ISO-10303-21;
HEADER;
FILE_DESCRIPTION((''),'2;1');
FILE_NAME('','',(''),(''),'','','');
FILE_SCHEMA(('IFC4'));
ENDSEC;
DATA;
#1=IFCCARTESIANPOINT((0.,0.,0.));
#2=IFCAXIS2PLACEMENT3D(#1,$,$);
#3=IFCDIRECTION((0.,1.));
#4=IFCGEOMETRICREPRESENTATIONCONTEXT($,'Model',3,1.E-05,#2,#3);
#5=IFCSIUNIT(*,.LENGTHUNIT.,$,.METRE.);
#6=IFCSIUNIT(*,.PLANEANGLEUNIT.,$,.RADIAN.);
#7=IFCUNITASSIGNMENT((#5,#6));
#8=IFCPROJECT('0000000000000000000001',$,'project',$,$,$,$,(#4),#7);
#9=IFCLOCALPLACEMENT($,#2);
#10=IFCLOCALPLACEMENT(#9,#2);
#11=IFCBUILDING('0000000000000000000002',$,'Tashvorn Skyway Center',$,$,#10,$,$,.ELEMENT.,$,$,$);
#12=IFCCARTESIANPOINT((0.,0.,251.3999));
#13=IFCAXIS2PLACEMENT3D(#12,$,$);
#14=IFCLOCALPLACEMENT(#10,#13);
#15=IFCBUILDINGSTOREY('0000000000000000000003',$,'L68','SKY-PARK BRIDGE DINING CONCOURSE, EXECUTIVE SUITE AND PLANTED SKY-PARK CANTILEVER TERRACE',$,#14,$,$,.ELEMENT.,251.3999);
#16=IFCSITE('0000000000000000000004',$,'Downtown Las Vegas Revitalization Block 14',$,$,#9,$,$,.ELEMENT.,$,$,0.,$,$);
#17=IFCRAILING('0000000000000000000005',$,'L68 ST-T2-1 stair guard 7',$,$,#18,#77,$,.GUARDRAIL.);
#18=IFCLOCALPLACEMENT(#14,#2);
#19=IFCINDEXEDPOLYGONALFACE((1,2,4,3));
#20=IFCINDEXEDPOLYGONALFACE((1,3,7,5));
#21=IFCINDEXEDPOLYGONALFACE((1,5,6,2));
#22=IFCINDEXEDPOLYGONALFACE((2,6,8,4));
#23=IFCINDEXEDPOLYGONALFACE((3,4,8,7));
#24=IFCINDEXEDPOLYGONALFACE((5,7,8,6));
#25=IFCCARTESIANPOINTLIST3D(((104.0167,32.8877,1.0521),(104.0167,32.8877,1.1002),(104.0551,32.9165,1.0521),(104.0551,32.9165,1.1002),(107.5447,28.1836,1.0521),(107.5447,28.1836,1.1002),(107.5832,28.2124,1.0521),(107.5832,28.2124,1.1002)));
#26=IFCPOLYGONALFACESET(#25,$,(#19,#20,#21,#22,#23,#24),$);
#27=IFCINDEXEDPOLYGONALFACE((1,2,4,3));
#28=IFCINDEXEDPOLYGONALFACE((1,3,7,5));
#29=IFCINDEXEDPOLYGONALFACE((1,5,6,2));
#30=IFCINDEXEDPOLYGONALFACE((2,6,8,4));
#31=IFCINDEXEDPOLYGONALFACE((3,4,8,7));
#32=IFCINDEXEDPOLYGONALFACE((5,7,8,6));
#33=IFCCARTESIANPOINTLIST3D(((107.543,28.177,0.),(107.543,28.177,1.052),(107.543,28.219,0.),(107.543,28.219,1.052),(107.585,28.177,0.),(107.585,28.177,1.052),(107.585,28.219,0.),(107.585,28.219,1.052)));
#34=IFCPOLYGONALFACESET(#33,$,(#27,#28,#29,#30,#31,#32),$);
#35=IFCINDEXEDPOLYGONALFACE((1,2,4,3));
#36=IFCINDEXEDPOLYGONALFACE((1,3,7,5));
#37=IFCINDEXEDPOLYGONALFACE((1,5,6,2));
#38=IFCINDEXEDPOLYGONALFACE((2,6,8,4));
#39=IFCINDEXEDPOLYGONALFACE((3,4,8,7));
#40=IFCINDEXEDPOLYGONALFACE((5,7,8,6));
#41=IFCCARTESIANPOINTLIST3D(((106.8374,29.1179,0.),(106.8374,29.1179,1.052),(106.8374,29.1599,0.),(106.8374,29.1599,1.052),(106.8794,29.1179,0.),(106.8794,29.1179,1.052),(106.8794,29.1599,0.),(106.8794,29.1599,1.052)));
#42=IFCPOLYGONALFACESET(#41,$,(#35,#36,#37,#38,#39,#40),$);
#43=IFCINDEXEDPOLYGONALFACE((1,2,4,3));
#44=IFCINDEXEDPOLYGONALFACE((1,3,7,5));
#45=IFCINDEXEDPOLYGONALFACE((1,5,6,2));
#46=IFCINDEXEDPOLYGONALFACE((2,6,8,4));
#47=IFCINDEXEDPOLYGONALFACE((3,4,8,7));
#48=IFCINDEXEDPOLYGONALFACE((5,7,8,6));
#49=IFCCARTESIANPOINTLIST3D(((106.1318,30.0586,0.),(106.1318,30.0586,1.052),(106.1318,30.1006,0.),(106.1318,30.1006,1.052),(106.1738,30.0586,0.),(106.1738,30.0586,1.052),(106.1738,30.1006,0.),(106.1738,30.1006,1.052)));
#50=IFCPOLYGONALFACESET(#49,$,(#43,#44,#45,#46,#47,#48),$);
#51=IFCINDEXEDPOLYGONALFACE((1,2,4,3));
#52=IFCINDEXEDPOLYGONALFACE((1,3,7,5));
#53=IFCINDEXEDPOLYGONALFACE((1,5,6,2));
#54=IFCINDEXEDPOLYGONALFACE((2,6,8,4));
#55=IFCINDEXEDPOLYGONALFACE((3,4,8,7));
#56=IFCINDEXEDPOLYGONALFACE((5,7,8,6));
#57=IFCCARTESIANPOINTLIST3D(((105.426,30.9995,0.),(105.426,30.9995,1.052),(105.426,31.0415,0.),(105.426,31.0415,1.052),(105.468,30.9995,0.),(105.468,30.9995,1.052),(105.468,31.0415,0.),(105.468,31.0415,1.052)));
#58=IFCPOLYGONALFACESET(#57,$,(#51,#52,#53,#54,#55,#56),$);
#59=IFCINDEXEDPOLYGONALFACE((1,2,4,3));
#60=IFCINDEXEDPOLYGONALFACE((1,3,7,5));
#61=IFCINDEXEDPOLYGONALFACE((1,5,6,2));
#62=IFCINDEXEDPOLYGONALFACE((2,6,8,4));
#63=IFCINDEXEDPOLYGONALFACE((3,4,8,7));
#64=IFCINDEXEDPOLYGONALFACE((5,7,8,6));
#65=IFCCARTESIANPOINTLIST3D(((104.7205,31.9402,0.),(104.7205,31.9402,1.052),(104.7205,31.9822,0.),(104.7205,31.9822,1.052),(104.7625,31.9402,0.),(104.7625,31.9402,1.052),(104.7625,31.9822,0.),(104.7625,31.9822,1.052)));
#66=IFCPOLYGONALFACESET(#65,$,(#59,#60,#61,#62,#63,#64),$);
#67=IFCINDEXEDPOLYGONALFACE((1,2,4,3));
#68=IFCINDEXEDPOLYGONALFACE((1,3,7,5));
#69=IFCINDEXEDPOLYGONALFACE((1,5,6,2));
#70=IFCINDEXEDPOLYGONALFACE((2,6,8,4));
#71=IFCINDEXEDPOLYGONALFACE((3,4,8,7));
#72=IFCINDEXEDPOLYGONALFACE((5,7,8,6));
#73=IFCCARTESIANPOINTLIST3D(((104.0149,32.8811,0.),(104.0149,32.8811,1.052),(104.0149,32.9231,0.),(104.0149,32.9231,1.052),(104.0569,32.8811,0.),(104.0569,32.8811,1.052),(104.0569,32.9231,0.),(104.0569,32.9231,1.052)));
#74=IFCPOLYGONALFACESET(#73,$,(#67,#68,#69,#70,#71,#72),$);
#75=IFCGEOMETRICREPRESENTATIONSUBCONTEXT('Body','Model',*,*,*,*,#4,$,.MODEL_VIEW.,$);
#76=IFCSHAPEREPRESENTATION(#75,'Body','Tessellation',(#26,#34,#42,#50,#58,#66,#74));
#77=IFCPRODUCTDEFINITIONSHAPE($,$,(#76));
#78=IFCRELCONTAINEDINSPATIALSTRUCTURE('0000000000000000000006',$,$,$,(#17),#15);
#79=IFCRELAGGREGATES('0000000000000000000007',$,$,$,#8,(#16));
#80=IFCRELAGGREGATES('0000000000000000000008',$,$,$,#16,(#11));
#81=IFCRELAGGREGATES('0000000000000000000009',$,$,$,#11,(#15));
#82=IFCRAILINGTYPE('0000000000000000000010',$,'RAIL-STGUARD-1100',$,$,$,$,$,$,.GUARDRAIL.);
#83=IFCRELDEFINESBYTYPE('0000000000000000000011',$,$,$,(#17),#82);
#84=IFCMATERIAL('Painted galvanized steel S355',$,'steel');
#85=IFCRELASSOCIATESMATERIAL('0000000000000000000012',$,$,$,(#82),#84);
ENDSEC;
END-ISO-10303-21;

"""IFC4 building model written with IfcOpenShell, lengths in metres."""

from ifc_helpers import new_model, si_unit, direction, frame, origin, origin_2d, place, context, subcontext, project, spatial, rectangle, extrude, material, type_object, element, save


model = new_model("IFC4")

# Units and contexts
model_context = context("Model", 3, precision=1e-05, world=origin(), true_north=direction((0.0, 1.0)))
body_context = subcontext(model_context, "Body", "Model", "MODEL_VIEW")
ifc_project = project(units=[si_unit("LENGTHUNIT", "METRE"), si_unit("PLANEANGLEUNIT", "RADIAN")], contexts=[model_context])

# Site, building, storey
site_placement = place(None, origin())
site = spatial("IfcSite", under=ifc_project, at=site_placement, Name="Downtown Las Vegas Revitalization Block 14", CompositionType="ELEMENT", RefElevation=0.0)
building_placement = place(site_placement, origin())
building = spatial("IfcBuilding", under=site, at=building_placement, Name="Tashvorn Skyway Center", CompositionType="ELEMENT")
storey_placement = place(building_placement, frame((0.0, 0.0, 251.3999)))
storey = spatial("IfcBuildingStorey", under=building, at=storey_placement, Name="L68", Description="SKY-PARK BRIDGE DINING CONCOURSE, EXECUTIVE SUITE AND PLANTED SKY-PARK CANTILEVER TERRACE", CompositionType="ELEMENT", Elevation=251.3999)

# Railing
ifc_material_1 = material(Name="Painted galvanized steel S355", Category="steel")
railing_type_1 = type_object("IfcRailingType", Name="RAIL-STGUARD-1100", PredefinedType="GUARDRAIL", material=ifc_material_1)
railing_1_placement = place(storey_placement, frame((107.564, 28.198, 0.0)))
element("IfcRailing", 1, at=railing_1_placement, inside=storey, type_object=railing_type_1, Name="L68 ST-T2-1 stair guard 7", PredefinedType="GUARDRAIL", context=body_context, shape_type="SweptSolid", body=[
    extrude(rectangle(XDim=0.0481, YDim=0.0481, at=origin_2d()), frame((0.0, 0.0, 1.0762), z_axis=(-0.6, 0.8, 0.0), x_axis=(-0.8, -0.6, 0.0)), (0.0, 0.0, 1.0), 5.8801),
    extrude(rectangle(XDim=0.042, YDim=0.042, at=origin_2d()), origin(), (0.0, 0.0, 1.0), 1.052),
    extrude(rectangle(XDim=0.042, YDim=0.042, at=origin_2d()), frame((-0.7056, 0.9409, 0.0)), (0.0, 0.0, 1.0), 1.052),
    extrude(rectangle(XDim=0.042, YDim=0.042, at=origin_2d()), frame((-1.4111, 1.8816, 0.0)), (0.0, 0.0, 1.0), 1.052),
    extrude(rectangle(XDim=0.042, YDim=0.042, at=origin_2d()), frame((-2.1169, 2.8225, 0.0)), (0.0, 0.0, 1.0), 1.052),
    extrude(rectangle(XDim=0.042, YDim=0.042, at=origin_2d()), frame((-2.8225, 3.7632, 0.0)), (0.0, 0.0, 1.0), 1.052),
    extrude(rectangle(XDim=0.042, YDim=0.042, at=origin_2d()), frame((-3.5281, 4.7041, 0.0)), (0.0, 0.0, 1.0), 1.052),
])

save(model, "model.ifc")
